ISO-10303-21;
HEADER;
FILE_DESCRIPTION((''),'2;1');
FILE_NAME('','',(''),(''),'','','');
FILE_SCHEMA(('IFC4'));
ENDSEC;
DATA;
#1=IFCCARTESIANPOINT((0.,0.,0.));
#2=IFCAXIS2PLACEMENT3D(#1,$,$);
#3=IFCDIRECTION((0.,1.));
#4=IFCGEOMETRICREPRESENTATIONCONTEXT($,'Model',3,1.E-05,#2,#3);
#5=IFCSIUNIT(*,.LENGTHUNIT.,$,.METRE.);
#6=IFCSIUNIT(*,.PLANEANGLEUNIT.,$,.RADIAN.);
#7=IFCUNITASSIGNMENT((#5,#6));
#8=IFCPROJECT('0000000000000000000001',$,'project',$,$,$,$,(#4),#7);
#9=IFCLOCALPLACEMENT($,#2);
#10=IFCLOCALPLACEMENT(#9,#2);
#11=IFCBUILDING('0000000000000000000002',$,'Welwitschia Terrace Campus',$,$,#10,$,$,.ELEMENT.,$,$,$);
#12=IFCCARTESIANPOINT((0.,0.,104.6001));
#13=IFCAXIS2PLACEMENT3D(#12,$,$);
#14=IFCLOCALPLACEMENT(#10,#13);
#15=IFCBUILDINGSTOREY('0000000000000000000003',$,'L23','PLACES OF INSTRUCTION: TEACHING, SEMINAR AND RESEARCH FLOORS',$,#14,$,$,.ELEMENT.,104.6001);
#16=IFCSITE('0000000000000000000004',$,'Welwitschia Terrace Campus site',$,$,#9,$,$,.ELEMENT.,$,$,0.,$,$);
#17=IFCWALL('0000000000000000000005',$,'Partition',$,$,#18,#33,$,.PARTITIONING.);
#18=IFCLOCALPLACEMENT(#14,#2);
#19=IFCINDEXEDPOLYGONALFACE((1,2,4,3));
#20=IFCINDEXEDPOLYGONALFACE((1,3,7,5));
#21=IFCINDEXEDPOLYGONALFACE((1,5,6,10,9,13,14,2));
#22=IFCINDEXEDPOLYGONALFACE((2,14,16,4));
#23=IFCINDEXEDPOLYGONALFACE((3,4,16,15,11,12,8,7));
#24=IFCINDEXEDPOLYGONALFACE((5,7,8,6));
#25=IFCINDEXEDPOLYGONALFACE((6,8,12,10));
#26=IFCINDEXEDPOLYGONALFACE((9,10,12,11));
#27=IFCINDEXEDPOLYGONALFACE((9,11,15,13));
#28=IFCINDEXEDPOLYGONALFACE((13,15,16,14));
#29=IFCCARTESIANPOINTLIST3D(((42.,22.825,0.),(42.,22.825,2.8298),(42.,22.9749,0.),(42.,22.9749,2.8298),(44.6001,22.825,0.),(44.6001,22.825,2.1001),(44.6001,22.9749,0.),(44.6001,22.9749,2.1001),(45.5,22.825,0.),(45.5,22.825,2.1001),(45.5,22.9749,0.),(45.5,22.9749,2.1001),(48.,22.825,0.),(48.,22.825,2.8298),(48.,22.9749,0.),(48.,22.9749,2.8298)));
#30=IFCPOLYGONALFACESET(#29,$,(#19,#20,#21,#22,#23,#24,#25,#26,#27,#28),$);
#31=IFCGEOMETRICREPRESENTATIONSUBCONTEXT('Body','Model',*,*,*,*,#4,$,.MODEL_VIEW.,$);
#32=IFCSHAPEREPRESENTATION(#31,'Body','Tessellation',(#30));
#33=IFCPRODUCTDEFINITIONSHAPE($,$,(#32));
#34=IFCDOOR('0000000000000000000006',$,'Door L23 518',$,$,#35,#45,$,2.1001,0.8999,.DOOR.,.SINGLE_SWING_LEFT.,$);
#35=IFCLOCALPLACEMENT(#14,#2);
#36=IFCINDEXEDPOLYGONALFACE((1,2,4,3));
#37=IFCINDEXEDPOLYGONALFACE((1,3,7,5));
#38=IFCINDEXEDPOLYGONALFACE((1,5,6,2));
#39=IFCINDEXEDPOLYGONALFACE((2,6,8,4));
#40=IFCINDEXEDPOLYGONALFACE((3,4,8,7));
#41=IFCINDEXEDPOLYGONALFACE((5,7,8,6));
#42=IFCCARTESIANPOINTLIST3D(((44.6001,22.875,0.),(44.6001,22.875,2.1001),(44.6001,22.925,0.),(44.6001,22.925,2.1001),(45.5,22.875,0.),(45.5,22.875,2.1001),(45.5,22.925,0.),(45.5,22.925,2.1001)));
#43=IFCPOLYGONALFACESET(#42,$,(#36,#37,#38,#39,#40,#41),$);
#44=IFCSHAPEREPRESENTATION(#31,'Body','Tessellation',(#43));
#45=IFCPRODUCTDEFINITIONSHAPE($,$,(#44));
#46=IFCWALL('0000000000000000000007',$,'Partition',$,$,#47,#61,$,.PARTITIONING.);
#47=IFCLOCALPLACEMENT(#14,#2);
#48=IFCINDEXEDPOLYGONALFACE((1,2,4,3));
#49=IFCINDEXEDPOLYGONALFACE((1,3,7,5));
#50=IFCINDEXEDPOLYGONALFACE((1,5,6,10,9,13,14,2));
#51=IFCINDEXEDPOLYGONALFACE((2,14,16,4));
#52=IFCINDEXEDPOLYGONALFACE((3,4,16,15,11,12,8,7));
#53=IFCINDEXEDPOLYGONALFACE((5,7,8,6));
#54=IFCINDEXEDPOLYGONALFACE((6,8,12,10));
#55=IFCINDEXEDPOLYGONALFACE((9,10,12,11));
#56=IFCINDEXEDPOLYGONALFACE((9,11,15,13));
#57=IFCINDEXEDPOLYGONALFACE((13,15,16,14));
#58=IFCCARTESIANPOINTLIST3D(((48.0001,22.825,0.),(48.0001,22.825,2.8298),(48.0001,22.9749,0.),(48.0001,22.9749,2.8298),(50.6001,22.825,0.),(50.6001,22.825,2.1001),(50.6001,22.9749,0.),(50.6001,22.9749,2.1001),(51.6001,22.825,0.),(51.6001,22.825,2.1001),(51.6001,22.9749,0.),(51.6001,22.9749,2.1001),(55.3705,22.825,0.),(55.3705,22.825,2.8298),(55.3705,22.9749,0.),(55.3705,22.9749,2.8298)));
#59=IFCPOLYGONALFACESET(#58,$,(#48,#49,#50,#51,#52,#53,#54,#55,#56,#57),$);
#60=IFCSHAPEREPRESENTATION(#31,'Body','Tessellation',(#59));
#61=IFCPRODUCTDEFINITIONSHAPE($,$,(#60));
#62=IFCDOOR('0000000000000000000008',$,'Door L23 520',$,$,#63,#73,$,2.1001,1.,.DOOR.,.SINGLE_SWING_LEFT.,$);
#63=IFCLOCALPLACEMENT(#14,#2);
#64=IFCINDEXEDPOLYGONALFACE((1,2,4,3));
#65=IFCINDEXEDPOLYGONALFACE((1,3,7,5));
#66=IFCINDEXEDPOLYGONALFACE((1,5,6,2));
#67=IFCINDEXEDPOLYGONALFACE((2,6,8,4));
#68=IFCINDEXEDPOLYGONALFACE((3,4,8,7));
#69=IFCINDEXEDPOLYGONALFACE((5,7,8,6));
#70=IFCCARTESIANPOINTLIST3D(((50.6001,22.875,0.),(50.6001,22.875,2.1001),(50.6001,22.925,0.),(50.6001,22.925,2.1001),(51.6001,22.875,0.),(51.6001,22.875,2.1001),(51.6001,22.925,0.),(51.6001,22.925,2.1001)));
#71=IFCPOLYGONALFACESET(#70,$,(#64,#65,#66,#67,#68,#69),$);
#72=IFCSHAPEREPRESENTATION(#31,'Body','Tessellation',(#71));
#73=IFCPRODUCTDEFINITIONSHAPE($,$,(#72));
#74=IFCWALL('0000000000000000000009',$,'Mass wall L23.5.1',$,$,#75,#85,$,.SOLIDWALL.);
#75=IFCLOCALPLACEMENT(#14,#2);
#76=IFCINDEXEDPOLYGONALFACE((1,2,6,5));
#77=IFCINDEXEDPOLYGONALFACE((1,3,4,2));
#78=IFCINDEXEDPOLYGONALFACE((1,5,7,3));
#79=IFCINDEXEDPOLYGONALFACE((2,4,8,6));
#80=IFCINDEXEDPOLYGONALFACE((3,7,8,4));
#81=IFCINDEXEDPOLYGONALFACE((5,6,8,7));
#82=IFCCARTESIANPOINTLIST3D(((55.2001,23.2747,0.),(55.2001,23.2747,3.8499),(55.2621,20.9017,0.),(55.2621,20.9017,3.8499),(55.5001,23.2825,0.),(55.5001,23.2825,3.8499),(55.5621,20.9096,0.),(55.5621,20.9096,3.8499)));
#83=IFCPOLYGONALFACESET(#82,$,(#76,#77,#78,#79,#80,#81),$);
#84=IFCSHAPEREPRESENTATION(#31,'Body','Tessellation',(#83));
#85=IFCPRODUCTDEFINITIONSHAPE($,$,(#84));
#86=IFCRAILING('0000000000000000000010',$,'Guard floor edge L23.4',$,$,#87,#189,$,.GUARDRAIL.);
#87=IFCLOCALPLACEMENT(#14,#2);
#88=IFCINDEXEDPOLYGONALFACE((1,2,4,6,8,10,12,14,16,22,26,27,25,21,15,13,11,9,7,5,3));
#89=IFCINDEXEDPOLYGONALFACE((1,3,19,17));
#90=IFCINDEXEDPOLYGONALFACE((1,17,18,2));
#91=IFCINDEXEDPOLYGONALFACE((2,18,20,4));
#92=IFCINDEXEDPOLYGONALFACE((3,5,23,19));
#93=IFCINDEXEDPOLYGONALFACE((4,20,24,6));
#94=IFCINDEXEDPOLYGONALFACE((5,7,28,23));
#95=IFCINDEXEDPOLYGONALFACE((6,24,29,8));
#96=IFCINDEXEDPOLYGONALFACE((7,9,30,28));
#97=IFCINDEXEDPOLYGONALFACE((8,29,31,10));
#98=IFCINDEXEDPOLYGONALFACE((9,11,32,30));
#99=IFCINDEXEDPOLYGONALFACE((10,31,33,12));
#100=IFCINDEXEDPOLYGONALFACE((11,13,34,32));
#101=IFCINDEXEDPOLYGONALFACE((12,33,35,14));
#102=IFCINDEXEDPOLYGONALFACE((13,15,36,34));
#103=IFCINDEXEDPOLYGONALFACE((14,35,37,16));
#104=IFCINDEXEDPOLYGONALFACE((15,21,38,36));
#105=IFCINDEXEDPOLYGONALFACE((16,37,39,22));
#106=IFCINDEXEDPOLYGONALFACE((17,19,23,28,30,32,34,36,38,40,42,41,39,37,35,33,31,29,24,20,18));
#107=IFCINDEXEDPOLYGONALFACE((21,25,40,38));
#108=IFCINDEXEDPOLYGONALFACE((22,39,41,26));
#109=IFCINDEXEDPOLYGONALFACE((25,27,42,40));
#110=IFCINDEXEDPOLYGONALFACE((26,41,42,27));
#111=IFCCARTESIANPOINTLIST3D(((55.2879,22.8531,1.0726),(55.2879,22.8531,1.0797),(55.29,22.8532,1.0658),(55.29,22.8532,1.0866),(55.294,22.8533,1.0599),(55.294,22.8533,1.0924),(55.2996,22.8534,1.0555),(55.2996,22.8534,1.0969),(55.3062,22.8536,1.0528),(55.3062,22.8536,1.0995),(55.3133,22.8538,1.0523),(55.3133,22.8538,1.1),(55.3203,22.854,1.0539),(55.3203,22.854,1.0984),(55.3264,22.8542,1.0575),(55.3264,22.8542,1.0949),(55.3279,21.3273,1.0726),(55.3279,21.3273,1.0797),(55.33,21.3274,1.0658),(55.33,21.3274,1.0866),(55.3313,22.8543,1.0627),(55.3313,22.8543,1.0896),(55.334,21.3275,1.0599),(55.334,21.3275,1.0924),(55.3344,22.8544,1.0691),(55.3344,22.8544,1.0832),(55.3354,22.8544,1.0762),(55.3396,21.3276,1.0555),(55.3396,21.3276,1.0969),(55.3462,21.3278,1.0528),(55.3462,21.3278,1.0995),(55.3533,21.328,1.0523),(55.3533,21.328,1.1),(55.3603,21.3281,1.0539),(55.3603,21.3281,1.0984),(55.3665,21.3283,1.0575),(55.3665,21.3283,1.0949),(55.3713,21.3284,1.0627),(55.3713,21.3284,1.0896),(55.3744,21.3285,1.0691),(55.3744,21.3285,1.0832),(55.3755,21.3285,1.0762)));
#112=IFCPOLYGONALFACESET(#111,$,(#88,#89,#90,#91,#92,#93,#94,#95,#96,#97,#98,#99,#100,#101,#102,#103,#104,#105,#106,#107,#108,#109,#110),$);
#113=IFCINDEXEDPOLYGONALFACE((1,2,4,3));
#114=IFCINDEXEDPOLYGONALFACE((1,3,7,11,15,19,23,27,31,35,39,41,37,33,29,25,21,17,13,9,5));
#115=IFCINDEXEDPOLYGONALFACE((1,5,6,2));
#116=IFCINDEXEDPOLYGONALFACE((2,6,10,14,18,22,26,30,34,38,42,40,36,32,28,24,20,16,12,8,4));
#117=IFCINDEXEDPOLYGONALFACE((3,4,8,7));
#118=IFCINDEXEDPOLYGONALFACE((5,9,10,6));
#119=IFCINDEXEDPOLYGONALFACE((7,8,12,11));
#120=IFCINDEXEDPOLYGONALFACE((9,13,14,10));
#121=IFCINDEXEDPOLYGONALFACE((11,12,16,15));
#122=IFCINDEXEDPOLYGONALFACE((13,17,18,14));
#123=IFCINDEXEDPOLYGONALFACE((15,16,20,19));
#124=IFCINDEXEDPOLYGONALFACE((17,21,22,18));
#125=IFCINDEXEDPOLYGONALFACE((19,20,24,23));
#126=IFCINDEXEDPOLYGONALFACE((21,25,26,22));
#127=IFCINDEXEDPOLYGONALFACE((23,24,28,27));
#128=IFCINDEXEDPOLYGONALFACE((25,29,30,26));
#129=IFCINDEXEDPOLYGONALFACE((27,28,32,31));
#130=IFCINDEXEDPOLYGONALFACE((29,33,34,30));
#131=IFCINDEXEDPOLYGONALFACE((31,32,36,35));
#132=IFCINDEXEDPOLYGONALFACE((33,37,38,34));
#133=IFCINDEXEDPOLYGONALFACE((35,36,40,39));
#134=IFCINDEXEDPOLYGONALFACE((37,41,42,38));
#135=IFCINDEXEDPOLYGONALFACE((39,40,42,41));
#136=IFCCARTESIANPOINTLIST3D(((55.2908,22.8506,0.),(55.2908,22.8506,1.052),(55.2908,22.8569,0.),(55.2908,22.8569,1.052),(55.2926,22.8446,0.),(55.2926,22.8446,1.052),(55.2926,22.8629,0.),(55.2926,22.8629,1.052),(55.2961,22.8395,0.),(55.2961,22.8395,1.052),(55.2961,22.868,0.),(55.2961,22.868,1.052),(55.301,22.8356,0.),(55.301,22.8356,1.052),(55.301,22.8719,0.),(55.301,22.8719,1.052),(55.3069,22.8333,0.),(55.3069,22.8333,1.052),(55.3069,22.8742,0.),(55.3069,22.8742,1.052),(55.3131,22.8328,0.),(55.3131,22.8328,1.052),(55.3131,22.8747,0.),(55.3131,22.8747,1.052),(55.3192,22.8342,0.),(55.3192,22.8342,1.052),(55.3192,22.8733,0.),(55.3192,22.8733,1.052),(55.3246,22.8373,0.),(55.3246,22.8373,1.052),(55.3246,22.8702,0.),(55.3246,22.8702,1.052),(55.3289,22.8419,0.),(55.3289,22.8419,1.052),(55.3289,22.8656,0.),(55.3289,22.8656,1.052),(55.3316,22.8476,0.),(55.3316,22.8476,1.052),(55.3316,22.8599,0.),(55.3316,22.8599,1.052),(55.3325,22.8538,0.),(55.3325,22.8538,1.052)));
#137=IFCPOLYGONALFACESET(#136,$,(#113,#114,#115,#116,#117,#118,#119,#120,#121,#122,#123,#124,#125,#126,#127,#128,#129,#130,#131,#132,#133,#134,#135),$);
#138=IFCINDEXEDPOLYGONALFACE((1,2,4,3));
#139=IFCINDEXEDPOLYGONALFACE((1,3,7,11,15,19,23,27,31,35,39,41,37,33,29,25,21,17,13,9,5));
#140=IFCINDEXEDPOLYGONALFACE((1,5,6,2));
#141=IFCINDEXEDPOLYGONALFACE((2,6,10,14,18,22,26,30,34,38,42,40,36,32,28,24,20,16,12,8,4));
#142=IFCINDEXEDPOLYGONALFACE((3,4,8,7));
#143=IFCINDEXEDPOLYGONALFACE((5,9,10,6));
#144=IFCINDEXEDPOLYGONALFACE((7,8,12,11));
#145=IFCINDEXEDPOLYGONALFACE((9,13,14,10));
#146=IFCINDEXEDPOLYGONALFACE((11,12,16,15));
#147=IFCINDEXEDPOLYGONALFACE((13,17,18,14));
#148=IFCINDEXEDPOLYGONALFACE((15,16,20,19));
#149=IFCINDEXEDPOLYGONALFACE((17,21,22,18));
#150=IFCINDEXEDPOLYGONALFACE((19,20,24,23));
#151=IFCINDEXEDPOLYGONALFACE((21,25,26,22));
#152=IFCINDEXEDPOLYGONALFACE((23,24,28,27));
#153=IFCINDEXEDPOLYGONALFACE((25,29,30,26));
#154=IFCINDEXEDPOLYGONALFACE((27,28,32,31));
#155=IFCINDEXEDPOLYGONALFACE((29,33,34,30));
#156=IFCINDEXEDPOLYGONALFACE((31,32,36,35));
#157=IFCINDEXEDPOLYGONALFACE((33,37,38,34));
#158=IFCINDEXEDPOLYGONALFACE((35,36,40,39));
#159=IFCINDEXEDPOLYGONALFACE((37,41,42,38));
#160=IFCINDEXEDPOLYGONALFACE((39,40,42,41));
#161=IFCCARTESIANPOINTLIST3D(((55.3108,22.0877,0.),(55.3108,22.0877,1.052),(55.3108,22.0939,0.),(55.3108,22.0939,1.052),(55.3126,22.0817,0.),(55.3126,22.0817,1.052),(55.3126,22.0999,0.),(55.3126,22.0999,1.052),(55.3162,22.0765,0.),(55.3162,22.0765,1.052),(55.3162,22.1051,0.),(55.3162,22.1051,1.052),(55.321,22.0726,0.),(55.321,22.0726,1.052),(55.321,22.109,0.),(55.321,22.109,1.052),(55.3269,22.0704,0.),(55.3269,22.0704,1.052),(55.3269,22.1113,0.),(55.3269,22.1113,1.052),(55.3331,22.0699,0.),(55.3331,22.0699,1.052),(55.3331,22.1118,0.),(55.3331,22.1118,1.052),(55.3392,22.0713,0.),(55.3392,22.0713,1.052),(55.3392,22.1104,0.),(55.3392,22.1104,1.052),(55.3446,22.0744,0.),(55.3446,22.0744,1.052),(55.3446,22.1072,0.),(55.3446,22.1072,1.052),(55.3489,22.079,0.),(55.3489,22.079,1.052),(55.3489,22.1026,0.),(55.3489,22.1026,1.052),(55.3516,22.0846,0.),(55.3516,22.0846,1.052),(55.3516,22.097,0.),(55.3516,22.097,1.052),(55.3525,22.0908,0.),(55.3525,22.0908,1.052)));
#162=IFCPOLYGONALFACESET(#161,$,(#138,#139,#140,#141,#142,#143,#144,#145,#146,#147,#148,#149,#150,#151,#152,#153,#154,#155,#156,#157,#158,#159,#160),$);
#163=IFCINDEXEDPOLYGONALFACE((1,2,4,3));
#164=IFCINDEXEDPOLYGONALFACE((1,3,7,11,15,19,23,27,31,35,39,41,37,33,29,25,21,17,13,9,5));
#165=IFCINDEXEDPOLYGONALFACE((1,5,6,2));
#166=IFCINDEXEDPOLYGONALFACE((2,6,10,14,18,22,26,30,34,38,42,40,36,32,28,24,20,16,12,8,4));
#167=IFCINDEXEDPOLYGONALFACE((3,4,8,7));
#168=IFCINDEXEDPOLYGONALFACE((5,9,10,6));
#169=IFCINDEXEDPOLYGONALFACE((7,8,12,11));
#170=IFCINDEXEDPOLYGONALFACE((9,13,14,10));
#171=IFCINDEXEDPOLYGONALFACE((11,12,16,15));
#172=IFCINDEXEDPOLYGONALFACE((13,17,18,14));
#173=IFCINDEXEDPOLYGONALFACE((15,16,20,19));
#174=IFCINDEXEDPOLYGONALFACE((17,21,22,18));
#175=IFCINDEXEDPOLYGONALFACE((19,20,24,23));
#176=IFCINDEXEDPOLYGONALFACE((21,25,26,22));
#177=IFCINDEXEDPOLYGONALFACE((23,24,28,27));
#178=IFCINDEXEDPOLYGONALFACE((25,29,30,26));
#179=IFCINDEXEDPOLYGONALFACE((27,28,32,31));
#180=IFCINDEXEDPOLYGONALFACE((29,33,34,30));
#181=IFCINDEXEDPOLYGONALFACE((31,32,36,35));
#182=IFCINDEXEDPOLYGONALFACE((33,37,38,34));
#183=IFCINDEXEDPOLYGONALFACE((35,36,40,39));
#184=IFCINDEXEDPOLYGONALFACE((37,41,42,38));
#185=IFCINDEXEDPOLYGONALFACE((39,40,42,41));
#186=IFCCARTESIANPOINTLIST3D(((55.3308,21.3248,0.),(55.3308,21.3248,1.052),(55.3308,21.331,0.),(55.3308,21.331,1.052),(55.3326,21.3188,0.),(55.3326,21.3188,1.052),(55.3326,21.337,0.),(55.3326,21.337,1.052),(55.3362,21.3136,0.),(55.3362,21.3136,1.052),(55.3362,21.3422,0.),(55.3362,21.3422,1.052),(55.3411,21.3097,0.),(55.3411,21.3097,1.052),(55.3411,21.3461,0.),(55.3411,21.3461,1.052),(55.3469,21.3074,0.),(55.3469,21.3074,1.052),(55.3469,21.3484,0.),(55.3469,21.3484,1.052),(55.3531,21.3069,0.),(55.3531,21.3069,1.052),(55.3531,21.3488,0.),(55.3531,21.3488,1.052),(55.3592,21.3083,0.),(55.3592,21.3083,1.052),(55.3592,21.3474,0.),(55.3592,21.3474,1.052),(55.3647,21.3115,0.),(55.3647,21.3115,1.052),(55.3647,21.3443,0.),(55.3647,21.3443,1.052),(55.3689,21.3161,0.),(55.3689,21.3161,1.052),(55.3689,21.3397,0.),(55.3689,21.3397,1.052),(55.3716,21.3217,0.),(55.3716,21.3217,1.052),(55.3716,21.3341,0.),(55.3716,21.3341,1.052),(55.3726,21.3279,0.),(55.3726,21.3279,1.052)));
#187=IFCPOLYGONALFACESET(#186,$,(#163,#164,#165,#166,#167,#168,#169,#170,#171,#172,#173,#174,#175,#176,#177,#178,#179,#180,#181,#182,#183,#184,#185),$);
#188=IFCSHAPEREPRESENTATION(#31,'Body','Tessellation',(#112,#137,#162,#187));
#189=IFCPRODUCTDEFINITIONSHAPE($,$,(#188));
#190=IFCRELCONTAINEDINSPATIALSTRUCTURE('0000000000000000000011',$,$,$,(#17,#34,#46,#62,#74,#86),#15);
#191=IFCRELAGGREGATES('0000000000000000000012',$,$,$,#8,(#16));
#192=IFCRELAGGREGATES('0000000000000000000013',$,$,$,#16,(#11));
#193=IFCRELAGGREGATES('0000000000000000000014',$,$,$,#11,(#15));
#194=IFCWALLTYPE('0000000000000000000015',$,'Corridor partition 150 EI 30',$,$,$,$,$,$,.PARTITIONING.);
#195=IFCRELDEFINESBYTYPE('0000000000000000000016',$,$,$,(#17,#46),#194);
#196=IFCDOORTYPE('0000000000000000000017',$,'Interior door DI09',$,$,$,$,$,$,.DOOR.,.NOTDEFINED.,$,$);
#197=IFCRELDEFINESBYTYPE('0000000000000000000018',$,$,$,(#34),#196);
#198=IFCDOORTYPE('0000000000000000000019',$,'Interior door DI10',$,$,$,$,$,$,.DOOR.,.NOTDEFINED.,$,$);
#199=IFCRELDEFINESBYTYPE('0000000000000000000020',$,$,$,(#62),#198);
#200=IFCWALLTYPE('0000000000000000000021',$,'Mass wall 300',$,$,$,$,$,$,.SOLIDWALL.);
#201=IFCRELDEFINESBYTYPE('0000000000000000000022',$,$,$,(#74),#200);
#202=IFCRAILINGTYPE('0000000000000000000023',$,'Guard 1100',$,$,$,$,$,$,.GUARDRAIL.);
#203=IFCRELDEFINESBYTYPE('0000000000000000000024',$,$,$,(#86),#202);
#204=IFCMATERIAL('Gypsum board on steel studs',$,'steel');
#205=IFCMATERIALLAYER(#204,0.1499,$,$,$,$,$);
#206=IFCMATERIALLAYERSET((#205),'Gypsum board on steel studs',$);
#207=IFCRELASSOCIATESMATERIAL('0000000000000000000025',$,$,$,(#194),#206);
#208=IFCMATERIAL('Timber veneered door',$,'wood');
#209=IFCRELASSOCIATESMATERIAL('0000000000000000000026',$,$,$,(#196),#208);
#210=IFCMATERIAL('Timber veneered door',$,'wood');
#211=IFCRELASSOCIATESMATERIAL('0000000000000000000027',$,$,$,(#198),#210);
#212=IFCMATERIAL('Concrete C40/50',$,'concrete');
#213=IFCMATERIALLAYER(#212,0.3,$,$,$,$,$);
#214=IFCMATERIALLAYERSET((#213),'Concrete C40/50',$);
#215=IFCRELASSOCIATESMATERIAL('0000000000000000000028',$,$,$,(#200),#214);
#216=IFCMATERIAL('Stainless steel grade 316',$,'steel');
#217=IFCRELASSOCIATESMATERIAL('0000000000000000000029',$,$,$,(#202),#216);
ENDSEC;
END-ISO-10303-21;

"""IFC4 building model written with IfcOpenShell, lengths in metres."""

from ifc_helpers import new_model, si_unit, direction, frame, frame_2d, origin, origin_2d, place, context, subcontext, project, spatial, rectangle, circle, extrude, material, layer, layer_set, type_object, element, fill, save


model = new_model("IFC4")

# Units and contexts
model_context = context("Model", 3, precision=1e-05, world=origin(), true_north=direction((0.0, 1.0)))
body_context = subcontext(model_context, "Body", "Model", "MODEL_VIEW")
ifc_project = project(units=[si_unit("LENGTHUNIT", "METRE"), si_unit("PLANEANGLEUNIT", "RADIAN")], contexts=[model_context])

# Site, building, storey
site_placement = place(None, origin())
site = spatial("IfcSite", under=ifc_project, at=site_placement, Name="Welwitschia Terrace Campus site", CompositionType="ELEMENT", RefElevation=0.0)
building_placement = place(site_placement, origin())
building = spatial("IfcBuilding", under=site, at=building_placement, Name="Welwitschia Terrace Campus", CompositionType="ELEMENT")
storey_placement = place(building_placement, frame((0.0, 0.0, 104.6001)))
storey = spatial("IfcBuildingStorey", under=building, at=storey_placement, Name="L23", Description="PLACES OF INSTRUCTION: TEACHING, SEMINAR AND RESEARCH FLOORS", CompositionType="ELEMENT", Elevation=104.6001)

# Walls, openings, doors
ifc_material_1 = material(Name="Gypsum board on steel studs", Category="steel")
ifc_layer_1 = layer(ifc_material_1, 0.1499)
ifc_layer_set_1 = layer_set([ifc_layer_1], Name="Gypsum board on steel studs")
wall_type_1 = type_object("IfcWallType", Name="Corridor partition 150 EI 30", PredefinedType="PARTITIONING", material=ifc_layer_set_1)
wall_1_placement = place(storey_placement, frame((48.0, 22.8999, 0.0), z_axis=(0.0, 0.0, 1.0), x_axis=(-1.0, 0.0, 0.0)))
wall_1 = element("IfcWall", 1, at=wall_1_placement, inside=storey, type_object=wall_type_1, Name="Partition", PredefinedType="PARTITIONING", context=body_context, shape_type="SweptSolid", body=[
    extrude(rectangle(XDim=6.0, YDim=0.1499, at=frame_2d((3.0, 0.0))), origin(), (0.0, 0.0, 1.0), 2.8298),
])
opening_1_placement = place(wall_1_placement, frame((2.5, 0.0, 0.0)))
opening_1 = element("IfcOpeningElement", 2, at=opening_1_placement, cuts=wall_1, PredefinedType="OPENING", context=body_context, shape_type="SweptSolid", body=[
    extrude(rectangle(XDim=0.8999, YDim=2.1001, at=frame_2d((0.45, 1.05))), frame((0.0, 0.085, 0.0), z_axis=(0.0, -1.0, 0.0), x_axis=(1.0, 0.0, 0.0)), (0.0, 0.0, 1.0), 0.1699),
])
ifc_material_2 = material(Name="Timber veneered door", Category="wood")
door_type_1 = type_object("IfcDoorType", Name="Interior door DI09", OperationType="NOTDEFINED", PredefinedType="DOOR", material=ifc_material_2)
door_1_placement = place(opening_1_placement, origin())
door_1 = element("IfcDoor", 3, at=door_1_placement, inside=storey, type_object=door_type_1, Name="Door L23 518", OperationType="SINGLE_SWING_LEFT", OverallHeight=2.1001, OverallWidth=0.8999, PredefinedType="DOOR", context=body_context, shape_type="SweptSolid", body=[
    extrude(rectangle(XDim=0.8999, YDim=2.1001, at=frame_2d((0.45, 1.05))), frame((0.0, 0.0249, 0.0), z_axis=(0.0, -1.0, 0.0), x_axis=(1.0, 0.0, 0.0)), (0.0, 0.0, 1.0), 0.05),
])
fill(opening_1, door_1)
wall_2_placement = place(storey_placement, frame((55.3704, 22.8999, 0.0), z_axis=(0.0, 0.0, 1.0), x_axis=(-1.0, 0.0, 0.0)))
wall_2 = element("IfcWall", 4, at=wall_2_placement, inside=storey, type_object=wall_type_1, Name="Partition", PredefinedType="PARTITIONING", context=body_context, shape_type="SweptSolid", body=[
    extrude(rectangle(XDim=7.3704, YDim=0.1499, at=frame_2d((3.6851, 0.0))), origin(), (0.0, 0.0, 1.0), 2.8298),
])
opening_2_placement = place(wall_2_placement, frame((3.7703, 0.0, 0.0)))
opening_2 = element("IfcOpeningElement", 5, at=opening_2_placement, cuts=wall_2, PredefinedType="OPENING", context=body_context, shape_type="SweptSolid", body=[
    extrude(rectangle(XDim=1.0, YDim=2.1001, at=frame_2d((0.5, 1.05))), frame((0.0, 0.085, 0.0), z_axis=(0.0, -1.0, 0.0), x_axis=(1.0, 0.0, 0.0)), (0.0, 0.0, 1.0), 0.1699),
])
ifc_material_3 = material(Name="Timber veneered door", Category="wood")
door_type_2 = type_object("IfcDoorType", Name="Interior door DI10", OperationType="NOTDEFINED", PredefinedType="DOOR", material=ifc_material_3)
door_2_placement = place(opening_2_placement, origin())
door_2 = element("IfcDoor", 6, at=door_2_placement, inside=storey, type_object=door_type_2, Name="Door L23 520", OperationType="SINGLE_SWING_LEFT", OverallHeight=2.1001, OverallWidth=1.0, PredefinedType="DOOR", context=body_context, shape_type="SweptSolid", body=[
    extrude(rectangle(XDim=1.0, YDim=2.1001, at=frame_2d((0.5, 1.05))), frame((0.0, 0.0249, 0.0), z_axis=(0.0, -1.0, 0.0), x_axis=(1.0, 0.0, 0.0)), (0.0, 0.0, 1.0), 0.05),
])
fill(opening_2, door_2)

# Wall
ifc_material_4 = material(Name="Concrete C40/50", Category="concrete")
ifc_layer_2 = layer(ifc_material_4, 0.3)
ifc_layer_set_2 = layer_set([ifc_layer_2], Name="Concrete C40/50")
wall_type_2 = type_object("IfcWallType", Name="Mass wall 300", PredefinedType="SOLIDWALL", material=ifc_layer_set_2)
wall_3_placement = place(storey_placement, frame((55.4121, 20.9055, 0.0), z_axis=(0.0, 0.0, 1.0), x_axis=(-0.026123, 0.999659, 0.0)))
element("IfcWall", 7, at=wall_3_placement, inside=storey, type_object=wall_type_2, Name="Mass wall L23.5.1", PredefinedType="SOLIDWALL", context=body_context, shape_type="SweptSolid", body=[
    extrude(rectangle(XDim=2.3738, YDim=0.3, at=frame_2d((1.187, 0.0))), origin(), (0.0, 0.0, 1.0), 3.8499),
])

# Railing
ifc_material_5 = material(Name="Stainless steel grade 316", Category="steel")
railing_type = type_object("IfcRailingType", Name="Guard 1100", PredefinedType="GUARDRAIL", material=ifc_material_5)
railing_1_placement = place(storey_placement, frame((55.3115, 22.8538, 0.0)))
element("IfcRailing", 8, at=railing_1_placement, inside=storey, type_object=railing_type, Name="Guard floor edge L23.4", PredefinedType="GUARDRAIL", context=body_context, shape_type="SweptSolid", body=[
    extrude(circle(Radius=0.0239, at=origin_2d()), frame((0.0, 0.0, 1.0762), z_axis=(0.026231, -0.999656, 0.0), x_axis=(0.999656, 0.026231, 0.0)), (0.0, 0.0, 1.0), 1.5264),
    extrude(circle(Radius=0.021, at=origin_2d()), origin(), (0.0, 0.0, 1.0), 1.052),
    extrude(circle(Radius=0.021, at=origin_2d()), frame((0.02, -0.7629, 0.0)), (0.0, 0.0, 1.0), 1.052),
    extrude(circle(Radius=0.021, at=origin_2d()), frame((0.04, -1.5259, 0.0)), (0.0, 0.0, 1.0), 1.052),
])

save(model, "model.ifc")
